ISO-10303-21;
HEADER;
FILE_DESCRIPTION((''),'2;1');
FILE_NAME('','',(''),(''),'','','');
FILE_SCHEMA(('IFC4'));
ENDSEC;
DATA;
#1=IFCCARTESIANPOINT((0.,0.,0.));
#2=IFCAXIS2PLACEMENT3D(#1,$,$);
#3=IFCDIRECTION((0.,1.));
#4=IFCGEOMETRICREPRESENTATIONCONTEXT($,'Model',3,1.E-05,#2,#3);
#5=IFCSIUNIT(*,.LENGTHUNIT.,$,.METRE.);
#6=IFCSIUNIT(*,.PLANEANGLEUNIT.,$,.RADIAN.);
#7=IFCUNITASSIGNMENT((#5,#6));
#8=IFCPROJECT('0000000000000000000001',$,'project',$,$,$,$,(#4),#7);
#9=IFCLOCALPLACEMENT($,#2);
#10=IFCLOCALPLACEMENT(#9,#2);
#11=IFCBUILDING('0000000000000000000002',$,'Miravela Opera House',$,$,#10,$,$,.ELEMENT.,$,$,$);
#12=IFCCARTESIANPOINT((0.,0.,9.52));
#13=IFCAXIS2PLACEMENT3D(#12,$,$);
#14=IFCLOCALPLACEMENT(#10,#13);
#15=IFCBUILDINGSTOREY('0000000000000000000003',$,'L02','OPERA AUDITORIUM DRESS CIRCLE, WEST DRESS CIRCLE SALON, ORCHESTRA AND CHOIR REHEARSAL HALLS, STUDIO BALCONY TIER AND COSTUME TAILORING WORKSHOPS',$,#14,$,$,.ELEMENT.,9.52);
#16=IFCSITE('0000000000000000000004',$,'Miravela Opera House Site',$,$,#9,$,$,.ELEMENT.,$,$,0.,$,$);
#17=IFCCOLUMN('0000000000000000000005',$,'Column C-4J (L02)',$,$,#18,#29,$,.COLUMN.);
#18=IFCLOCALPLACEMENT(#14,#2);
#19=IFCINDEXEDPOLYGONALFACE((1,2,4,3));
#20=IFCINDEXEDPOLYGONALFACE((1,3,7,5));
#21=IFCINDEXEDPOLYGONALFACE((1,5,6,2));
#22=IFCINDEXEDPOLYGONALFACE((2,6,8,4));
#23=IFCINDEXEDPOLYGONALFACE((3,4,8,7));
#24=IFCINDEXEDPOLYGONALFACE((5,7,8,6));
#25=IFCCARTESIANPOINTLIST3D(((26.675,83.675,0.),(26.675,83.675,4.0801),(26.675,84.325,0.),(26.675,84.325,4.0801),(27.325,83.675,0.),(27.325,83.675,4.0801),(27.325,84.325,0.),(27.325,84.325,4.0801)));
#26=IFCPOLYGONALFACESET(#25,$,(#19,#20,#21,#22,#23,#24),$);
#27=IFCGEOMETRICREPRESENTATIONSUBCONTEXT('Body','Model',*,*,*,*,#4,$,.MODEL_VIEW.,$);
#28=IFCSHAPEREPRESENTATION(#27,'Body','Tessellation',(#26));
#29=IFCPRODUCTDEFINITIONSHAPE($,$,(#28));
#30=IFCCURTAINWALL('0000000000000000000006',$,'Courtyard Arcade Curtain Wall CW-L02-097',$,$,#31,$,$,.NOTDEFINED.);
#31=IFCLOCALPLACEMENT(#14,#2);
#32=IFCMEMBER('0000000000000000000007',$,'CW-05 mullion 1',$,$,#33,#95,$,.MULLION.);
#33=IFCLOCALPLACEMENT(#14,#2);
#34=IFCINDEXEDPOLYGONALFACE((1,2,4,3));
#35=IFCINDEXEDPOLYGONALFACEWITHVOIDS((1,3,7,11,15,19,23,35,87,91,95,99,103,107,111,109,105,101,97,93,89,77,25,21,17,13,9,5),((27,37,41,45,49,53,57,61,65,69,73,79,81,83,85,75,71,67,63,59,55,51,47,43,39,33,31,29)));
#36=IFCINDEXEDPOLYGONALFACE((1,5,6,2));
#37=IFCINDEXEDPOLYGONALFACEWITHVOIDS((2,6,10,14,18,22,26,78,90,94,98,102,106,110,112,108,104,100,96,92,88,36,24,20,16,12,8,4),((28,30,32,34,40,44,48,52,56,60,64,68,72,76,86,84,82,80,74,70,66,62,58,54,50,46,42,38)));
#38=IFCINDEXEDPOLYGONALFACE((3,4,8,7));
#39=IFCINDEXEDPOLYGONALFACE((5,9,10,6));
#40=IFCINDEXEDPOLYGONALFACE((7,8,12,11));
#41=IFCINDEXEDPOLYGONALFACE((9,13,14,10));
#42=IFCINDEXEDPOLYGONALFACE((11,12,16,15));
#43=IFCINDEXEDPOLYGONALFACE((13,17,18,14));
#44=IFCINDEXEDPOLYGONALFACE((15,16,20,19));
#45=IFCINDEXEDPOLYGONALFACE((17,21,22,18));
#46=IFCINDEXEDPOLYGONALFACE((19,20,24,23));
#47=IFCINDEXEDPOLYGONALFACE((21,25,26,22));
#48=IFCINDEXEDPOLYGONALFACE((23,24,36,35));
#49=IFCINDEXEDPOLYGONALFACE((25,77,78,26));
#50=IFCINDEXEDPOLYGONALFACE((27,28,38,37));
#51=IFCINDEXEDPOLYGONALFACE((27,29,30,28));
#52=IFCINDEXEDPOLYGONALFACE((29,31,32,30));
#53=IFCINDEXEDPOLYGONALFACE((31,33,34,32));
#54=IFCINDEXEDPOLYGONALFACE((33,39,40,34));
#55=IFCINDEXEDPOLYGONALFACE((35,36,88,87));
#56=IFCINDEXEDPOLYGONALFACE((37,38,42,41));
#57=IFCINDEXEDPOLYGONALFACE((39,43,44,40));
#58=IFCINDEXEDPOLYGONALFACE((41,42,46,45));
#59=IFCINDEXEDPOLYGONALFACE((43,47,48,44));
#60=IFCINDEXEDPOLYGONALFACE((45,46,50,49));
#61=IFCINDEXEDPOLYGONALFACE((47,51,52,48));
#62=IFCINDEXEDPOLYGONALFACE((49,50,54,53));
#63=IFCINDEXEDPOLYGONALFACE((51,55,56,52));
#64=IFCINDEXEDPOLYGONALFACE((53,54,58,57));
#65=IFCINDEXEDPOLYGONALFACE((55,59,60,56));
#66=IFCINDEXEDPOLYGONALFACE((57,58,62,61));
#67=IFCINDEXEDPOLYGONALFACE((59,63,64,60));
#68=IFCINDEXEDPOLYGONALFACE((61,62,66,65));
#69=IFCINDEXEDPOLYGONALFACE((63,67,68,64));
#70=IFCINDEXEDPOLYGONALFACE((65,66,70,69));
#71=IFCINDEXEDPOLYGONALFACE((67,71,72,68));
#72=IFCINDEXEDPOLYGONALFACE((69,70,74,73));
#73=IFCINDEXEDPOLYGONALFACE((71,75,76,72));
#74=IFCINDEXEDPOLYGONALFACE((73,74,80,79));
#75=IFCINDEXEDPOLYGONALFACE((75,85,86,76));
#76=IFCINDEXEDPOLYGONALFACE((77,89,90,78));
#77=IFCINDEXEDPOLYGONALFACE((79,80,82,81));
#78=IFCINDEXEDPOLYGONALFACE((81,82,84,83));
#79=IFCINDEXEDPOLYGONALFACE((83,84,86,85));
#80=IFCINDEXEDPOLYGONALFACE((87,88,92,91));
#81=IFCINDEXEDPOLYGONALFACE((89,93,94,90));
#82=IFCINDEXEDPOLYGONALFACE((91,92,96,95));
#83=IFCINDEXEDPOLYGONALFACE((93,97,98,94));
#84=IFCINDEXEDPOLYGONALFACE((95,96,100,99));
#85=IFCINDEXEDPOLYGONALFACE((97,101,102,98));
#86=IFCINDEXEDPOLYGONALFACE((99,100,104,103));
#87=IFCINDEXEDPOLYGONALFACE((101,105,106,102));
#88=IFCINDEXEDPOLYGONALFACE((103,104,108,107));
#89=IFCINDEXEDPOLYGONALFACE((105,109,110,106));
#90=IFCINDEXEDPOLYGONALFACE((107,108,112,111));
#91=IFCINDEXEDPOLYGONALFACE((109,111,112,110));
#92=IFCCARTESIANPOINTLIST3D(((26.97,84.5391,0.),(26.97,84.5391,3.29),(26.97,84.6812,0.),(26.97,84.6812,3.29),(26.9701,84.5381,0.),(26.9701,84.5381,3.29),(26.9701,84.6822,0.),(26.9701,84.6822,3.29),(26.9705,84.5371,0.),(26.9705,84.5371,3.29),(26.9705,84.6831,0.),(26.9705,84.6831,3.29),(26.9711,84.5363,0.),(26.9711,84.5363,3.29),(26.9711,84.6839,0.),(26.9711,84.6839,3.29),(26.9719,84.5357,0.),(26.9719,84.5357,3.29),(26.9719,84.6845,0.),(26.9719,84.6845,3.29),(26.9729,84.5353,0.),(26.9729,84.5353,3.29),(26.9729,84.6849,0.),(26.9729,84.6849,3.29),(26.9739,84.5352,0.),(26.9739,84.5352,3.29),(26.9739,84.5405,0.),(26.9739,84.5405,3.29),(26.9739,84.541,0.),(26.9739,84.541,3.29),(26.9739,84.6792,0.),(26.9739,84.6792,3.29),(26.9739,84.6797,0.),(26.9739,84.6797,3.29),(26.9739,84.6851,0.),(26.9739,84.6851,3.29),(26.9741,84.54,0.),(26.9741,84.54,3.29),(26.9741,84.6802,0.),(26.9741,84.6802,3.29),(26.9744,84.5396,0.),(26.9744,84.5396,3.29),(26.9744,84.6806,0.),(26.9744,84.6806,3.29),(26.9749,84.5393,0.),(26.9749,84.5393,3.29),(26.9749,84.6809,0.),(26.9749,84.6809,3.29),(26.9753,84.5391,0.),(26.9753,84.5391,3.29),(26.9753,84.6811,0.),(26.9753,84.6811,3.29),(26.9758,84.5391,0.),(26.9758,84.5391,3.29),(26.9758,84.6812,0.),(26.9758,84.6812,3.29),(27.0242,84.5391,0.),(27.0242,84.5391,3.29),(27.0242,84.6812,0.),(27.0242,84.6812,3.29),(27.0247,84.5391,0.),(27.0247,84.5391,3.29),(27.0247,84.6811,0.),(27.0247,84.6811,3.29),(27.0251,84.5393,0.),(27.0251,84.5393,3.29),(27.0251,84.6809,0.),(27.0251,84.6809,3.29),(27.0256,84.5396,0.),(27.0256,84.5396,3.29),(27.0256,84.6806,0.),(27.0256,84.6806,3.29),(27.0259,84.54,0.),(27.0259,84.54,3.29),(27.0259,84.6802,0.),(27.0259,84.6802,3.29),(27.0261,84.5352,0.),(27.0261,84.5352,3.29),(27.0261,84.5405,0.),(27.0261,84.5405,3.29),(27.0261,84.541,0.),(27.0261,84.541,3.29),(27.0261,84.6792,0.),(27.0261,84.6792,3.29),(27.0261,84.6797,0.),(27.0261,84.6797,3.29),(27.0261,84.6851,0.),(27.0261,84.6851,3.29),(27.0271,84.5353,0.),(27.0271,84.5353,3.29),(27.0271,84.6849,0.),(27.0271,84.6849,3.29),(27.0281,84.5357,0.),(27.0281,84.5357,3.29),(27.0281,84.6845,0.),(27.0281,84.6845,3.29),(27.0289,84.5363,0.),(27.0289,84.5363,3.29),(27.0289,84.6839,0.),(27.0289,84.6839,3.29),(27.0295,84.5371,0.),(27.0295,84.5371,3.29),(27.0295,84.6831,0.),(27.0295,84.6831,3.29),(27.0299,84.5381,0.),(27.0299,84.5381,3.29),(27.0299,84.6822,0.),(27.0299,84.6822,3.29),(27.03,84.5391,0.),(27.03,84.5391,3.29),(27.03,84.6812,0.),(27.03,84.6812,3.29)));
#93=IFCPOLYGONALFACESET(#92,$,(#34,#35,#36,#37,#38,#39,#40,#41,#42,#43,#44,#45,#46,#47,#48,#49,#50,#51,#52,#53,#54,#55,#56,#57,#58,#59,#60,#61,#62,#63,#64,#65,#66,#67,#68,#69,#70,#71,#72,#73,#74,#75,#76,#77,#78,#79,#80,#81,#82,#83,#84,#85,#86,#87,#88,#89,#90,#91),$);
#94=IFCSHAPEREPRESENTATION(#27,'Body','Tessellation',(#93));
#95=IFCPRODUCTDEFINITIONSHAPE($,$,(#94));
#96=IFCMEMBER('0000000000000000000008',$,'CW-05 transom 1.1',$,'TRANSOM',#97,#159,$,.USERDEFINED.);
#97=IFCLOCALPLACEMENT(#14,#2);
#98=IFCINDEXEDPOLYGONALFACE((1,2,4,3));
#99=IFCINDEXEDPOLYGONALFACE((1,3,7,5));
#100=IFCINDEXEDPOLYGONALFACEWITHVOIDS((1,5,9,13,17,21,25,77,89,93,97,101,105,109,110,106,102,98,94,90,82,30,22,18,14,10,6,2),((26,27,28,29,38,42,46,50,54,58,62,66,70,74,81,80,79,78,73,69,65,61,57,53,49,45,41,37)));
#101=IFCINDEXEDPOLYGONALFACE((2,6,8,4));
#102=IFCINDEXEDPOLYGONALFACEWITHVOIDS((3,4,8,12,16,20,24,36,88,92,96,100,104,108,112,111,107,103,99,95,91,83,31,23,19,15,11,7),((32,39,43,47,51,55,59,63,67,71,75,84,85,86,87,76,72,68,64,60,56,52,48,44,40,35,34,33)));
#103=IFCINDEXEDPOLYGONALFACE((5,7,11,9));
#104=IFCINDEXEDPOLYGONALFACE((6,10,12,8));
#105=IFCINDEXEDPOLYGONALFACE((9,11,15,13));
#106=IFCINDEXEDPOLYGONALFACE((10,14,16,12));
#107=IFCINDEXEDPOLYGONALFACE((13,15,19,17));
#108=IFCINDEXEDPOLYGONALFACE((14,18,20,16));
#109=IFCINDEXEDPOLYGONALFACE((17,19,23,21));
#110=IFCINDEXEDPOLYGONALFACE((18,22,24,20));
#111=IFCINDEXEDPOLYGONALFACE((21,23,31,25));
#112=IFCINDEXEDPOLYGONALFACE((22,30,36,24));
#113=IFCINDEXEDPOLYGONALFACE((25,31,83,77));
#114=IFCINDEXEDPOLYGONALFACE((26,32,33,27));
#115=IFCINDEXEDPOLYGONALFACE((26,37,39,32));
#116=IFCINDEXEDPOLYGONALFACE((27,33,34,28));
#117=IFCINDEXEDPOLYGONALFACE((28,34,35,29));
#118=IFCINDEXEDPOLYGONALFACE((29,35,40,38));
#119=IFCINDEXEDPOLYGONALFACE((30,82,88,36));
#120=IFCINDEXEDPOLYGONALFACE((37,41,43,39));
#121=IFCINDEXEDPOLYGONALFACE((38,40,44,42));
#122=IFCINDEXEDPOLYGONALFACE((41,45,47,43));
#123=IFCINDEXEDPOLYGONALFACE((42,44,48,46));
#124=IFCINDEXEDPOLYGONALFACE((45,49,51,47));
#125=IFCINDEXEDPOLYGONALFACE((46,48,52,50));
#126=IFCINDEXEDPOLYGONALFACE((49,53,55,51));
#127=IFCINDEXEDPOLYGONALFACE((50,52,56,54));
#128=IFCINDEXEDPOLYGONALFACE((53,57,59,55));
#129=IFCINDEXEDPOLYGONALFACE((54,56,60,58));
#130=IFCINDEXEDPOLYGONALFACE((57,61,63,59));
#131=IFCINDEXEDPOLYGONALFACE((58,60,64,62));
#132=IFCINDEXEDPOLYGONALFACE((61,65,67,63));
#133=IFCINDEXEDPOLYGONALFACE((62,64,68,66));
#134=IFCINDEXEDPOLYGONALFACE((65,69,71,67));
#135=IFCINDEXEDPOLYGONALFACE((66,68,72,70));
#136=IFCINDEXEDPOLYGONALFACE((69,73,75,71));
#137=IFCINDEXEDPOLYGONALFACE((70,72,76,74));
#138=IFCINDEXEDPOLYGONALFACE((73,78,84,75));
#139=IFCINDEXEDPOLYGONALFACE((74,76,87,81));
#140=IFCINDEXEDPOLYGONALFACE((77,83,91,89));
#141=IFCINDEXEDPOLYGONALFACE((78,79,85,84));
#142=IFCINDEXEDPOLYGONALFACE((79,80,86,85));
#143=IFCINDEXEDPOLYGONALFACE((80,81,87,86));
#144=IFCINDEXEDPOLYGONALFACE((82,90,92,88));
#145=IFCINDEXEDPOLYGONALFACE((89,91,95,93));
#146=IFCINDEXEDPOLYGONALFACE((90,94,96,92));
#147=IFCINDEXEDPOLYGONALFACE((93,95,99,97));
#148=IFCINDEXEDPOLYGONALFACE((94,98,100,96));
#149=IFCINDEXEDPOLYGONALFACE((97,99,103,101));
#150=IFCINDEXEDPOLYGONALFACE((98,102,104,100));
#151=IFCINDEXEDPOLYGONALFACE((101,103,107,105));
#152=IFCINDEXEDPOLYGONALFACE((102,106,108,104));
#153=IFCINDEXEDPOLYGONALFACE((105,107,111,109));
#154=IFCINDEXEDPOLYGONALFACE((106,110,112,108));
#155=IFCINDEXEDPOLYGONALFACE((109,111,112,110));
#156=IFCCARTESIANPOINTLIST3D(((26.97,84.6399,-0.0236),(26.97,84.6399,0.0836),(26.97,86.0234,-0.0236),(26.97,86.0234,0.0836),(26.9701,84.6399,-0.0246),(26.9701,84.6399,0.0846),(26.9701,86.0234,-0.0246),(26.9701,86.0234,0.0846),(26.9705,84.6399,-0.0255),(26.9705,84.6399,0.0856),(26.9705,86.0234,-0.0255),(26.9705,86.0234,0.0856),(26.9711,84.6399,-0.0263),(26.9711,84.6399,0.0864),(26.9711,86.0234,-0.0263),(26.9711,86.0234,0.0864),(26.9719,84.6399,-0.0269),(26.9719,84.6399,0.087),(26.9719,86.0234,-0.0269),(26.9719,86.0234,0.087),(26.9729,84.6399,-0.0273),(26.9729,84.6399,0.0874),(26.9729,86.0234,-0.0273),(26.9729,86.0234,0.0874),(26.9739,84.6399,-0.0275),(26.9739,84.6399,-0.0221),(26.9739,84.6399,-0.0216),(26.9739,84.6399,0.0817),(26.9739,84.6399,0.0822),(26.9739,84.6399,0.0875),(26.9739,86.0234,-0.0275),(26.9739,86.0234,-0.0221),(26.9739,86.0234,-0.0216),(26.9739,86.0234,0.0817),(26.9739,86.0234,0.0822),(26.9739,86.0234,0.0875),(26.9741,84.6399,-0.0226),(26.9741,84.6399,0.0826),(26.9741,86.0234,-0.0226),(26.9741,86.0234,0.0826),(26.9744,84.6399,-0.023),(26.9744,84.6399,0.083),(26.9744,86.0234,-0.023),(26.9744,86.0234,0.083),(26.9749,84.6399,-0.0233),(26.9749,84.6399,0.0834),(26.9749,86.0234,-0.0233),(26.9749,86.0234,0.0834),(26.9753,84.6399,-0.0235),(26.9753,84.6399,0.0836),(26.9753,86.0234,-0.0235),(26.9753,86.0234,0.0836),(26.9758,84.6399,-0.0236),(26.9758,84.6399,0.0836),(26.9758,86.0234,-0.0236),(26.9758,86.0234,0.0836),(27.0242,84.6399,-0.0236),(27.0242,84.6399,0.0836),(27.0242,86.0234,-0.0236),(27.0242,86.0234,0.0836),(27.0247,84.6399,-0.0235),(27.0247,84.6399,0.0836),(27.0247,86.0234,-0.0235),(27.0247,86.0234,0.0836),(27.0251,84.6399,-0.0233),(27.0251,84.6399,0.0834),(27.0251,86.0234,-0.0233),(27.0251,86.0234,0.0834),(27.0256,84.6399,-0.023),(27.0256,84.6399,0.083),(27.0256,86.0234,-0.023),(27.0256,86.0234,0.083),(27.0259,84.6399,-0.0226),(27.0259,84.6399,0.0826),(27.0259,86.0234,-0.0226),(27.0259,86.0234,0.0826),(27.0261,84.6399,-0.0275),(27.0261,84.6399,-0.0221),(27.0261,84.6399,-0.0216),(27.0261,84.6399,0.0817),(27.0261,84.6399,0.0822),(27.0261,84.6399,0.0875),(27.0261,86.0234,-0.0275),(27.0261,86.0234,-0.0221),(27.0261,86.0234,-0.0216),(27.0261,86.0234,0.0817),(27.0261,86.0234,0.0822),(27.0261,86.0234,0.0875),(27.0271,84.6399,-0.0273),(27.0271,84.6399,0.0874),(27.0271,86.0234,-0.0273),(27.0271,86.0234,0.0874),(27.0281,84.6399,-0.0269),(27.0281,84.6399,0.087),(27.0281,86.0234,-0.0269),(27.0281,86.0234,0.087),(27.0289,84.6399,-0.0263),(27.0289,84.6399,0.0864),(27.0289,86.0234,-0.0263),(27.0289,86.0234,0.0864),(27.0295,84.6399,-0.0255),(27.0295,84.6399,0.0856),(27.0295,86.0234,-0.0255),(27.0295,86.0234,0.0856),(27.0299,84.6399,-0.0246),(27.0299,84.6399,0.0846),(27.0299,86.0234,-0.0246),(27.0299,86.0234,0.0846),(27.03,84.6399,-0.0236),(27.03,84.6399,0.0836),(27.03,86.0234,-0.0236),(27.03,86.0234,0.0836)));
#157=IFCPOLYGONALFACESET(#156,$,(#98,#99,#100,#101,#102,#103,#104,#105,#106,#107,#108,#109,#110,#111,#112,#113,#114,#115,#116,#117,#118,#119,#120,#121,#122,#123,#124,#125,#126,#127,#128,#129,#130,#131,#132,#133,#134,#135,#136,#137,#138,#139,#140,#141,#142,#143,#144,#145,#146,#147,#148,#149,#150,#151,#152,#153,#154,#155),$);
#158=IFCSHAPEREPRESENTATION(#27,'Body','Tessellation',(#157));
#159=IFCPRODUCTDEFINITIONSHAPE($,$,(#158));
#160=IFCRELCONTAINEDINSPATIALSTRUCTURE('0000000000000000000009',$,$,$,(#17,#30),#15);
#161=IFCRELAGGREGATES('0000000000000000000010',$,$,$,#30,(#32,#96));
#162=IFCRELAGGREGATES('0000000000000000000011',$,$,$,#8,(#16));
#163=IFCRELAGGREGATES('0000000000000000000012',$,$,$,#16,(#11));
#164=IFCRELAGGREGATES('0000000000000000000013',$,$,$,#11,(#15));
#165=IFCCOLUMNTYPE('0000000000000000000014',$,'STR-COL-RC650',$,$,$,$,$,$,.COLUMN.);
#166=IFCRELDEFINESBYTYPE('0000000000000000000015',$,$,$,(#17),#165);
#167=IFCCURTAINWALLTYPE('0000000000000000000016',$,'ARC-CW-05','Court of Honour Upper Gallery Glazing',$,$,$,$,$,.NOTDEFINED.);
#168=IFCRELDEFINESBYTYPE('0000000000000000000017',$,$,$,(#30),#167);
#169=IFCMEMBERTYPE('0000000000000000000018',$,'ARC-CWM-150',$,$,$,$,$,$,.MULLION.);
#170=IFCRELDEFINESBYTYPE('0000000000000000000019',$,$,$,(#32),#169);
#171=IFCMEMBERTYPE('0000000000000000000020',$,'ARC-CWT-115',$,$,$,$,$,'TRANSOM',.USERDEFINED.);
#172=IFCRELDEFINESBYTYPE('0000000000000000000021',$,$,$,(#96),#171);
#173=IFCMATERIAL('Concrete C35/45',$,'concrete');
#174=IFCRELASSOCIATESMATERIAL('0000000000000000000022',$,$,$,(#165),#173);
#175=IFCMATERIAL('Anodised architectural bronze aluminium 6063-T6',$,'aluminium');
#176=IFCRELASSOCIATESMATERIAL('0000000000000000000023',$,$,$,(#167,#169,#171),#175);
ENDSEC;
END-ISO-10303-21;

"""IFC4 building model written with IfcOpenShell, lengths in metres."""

from ifc_helpers import new_model, si_unit, direction, frame, origin, origin_2d, place, context, subcontext, project, spatial, rectangle, hollow_rectangle, extrude, material, material_profile, profile_set, type_object, element, aggregate, save


model = new_model("IFC4")

# Units and contexts
model_context = context("Model", 3, precision=1e-05, world=origin(), true_north=direction((0.0, 1.0)))
body_context = subcontext(model_context, "Body", "Model", "MODEL_VIEW")
ifc_project = project(units=[si_unit("LENGTHUNIT", "METRE"), si_unit("PLANEANGLEUNIT", "RADIAN")], contexts=[model_context])

# Site, building, storey
site_placement = place(None, origin())
site = spatial("IfcSite", under=ifc_project, at=site_placement, Name="Miravela Opera House Site", CompositionType="ELEMENT", RefElevation=0.0)
building_placement = place(site_placement, origin())
building = spatial("IfcBuilding", under=site, at=building_placement, Name="Miravela Opera House", CompositionType="ELEMENT")
storey_placement = place(building_placement, frame((0.0, 0.0, 9.52)))
storey = spatial("IfcBuildingStorey", under=building, at=storey_placement, Name="L02", Description="OPERA AUDITORIUM DRESS CIRCLE, WEST DRESS CIRCLE SALON, ORCHESTRA AND CHOIR REHEARSAL HALLS, STUDIO BALCONY TIER AND COSTUME TAILORING WORKSHOPS", CompositionType="ELEMENT", Elevation=9.52)

# Column
ifc_material_1 = material(Name="Concrete C35/45", Category="concrete")
ifc_material_profile_1 = material_profile(ifc_material_1, rectangle(XDim=0.6499, YDim=0.6499, at=origin_2d()), Name="RC-COL-650X650")
ifc_profile_set_1 = profile_set([ifc_material_profile_1])
column_type = type_object("IfcColumnType", Name="STR-COL-RC650", PredefinedType="COLUMN", material=ifc_profile_set_1)
column_placement = place(storey_placement, frame((27.0, 84.0, 0.0), z_axis=(0.0, 0.0, 1.0), x_axis=(1.0, 0.0, 0.0)))
element("IfcColumn", 1, at=column_placement, inside=storey, type_object=column_type, Name="Column C-4J (L02)", PredefinedType="COLUMN", context=body_context, shape_type="SweptSolid", body=[
    extrude(rectangle(XDim=0.6499, YDim=0.6499, at=origin_2d()), origin(), (0.0, 0.0, 1.0), 4.0801),
])

# Curtain wall, members
ifc_material_2 = material(Name="Anodised architectural bronze aluminium 6063-T6", Category="aluminium")
curtain_wall_type = type_object("IfcCurtainWallType", Name="ARC-CW-05", Description="Court of Honour Upper Gallery Glazing", PredefinedType="NOTDEFINED", material=ifc_material_2)
curtain_wall_placement = place(storey_placement, origin())
curtain_wall = element("IfcCurtainWall", 2, at=curtain_wall_placement, inside=storey, type_object=curtain_wall_type, Name="Courtyard Arcade Curtain Wall CW-L02-097", PredefinedType="NOTDEFINED")
ifc_material_profile_2 = material_profile(ifc_material_2, hollow_rectangle(XDim=0.0601, YDim=0.1499, WallThickness=0.0039, InnerFilletRadius=0.002, OuterFilletRadius=0.0039, at=origin_2d()), Name="CWM-60X150")
ifc_profile_set_2 = profile_set([ifc_material_profile_2])
member_type_1 = type_object("IfcMemberType", Name="ARC-CWM-150", PredefinedType="MULLION", material=ifc_profile_set_2)
member_1_placement = place(storey_placement, frame((27.0, 84.6101, 0.0), z_axis=(0.0, 0.0, 1.0), x_axis=(-1.0, 0.0, 0.0)))
member_1 = element("IfcMember", 3, at=member_1_placement, type_object=member_type_1, Name="CW-05 mullion 1", PredefinedType="MULLION", context=body_context, shape_type="SweptSolid", body=[
    extrude(hollow_rectangle(XDim=0.0601, YDim=0.1499, WallThickness=0.0039, InnerFilletRadius=0.002, OuterFilletRadius=0.0039, at=origin_2d()), origin(), (0.0, 0.0, 1.0), 3.29),
])
ifc_material_profile_3 = material_profile(ifc_material_2, hollow_rectangle(XDim=0.0601, YDim=0.115, WallThickness=0.0039, InnerFilletRadius=0.002, OuterFilletRadius=0.0039, at=origin_2d()), Name="CWT-60X115")
ifc_profile_set_3 = profile_set([ifc_material_profile_3])
member_type_2 = type_object("IfcMemberType", Name="ARC-CWT-115", ElementType="TRANSOM", PredefinedType="USERDEFINED", material=ifc_profile_set_3)
member_2_placement = place(storey_placement, frame((27.0, 84.6399, 0.03), z_axis=(0.0, 1.0, 0.0), x_axis=(-1.0, 0.0, 0.0)))
member_2 = element("IfcMember", 4, at=member_2_placement, type_object=member_type_2, Name="CW-05 transom 1.1", ObjectType="TRANSOM", PredefinedType="USERDEFINED", context=body_context, shape_type="SweptSolid", body=[
    extrude(hollow_rectangle(XDim=0.0601, YDim=0.115, WallThickness=0.0039, InnerFilletRadius=0.002, OuterFilletRadius=0.0039, at=origin_2d()), origin(), (0.0, 0.0, 1.0), 1.3835),
])
aggregate(curtain_wall, [member_1, member_2])

save(model, "model.ifc")
